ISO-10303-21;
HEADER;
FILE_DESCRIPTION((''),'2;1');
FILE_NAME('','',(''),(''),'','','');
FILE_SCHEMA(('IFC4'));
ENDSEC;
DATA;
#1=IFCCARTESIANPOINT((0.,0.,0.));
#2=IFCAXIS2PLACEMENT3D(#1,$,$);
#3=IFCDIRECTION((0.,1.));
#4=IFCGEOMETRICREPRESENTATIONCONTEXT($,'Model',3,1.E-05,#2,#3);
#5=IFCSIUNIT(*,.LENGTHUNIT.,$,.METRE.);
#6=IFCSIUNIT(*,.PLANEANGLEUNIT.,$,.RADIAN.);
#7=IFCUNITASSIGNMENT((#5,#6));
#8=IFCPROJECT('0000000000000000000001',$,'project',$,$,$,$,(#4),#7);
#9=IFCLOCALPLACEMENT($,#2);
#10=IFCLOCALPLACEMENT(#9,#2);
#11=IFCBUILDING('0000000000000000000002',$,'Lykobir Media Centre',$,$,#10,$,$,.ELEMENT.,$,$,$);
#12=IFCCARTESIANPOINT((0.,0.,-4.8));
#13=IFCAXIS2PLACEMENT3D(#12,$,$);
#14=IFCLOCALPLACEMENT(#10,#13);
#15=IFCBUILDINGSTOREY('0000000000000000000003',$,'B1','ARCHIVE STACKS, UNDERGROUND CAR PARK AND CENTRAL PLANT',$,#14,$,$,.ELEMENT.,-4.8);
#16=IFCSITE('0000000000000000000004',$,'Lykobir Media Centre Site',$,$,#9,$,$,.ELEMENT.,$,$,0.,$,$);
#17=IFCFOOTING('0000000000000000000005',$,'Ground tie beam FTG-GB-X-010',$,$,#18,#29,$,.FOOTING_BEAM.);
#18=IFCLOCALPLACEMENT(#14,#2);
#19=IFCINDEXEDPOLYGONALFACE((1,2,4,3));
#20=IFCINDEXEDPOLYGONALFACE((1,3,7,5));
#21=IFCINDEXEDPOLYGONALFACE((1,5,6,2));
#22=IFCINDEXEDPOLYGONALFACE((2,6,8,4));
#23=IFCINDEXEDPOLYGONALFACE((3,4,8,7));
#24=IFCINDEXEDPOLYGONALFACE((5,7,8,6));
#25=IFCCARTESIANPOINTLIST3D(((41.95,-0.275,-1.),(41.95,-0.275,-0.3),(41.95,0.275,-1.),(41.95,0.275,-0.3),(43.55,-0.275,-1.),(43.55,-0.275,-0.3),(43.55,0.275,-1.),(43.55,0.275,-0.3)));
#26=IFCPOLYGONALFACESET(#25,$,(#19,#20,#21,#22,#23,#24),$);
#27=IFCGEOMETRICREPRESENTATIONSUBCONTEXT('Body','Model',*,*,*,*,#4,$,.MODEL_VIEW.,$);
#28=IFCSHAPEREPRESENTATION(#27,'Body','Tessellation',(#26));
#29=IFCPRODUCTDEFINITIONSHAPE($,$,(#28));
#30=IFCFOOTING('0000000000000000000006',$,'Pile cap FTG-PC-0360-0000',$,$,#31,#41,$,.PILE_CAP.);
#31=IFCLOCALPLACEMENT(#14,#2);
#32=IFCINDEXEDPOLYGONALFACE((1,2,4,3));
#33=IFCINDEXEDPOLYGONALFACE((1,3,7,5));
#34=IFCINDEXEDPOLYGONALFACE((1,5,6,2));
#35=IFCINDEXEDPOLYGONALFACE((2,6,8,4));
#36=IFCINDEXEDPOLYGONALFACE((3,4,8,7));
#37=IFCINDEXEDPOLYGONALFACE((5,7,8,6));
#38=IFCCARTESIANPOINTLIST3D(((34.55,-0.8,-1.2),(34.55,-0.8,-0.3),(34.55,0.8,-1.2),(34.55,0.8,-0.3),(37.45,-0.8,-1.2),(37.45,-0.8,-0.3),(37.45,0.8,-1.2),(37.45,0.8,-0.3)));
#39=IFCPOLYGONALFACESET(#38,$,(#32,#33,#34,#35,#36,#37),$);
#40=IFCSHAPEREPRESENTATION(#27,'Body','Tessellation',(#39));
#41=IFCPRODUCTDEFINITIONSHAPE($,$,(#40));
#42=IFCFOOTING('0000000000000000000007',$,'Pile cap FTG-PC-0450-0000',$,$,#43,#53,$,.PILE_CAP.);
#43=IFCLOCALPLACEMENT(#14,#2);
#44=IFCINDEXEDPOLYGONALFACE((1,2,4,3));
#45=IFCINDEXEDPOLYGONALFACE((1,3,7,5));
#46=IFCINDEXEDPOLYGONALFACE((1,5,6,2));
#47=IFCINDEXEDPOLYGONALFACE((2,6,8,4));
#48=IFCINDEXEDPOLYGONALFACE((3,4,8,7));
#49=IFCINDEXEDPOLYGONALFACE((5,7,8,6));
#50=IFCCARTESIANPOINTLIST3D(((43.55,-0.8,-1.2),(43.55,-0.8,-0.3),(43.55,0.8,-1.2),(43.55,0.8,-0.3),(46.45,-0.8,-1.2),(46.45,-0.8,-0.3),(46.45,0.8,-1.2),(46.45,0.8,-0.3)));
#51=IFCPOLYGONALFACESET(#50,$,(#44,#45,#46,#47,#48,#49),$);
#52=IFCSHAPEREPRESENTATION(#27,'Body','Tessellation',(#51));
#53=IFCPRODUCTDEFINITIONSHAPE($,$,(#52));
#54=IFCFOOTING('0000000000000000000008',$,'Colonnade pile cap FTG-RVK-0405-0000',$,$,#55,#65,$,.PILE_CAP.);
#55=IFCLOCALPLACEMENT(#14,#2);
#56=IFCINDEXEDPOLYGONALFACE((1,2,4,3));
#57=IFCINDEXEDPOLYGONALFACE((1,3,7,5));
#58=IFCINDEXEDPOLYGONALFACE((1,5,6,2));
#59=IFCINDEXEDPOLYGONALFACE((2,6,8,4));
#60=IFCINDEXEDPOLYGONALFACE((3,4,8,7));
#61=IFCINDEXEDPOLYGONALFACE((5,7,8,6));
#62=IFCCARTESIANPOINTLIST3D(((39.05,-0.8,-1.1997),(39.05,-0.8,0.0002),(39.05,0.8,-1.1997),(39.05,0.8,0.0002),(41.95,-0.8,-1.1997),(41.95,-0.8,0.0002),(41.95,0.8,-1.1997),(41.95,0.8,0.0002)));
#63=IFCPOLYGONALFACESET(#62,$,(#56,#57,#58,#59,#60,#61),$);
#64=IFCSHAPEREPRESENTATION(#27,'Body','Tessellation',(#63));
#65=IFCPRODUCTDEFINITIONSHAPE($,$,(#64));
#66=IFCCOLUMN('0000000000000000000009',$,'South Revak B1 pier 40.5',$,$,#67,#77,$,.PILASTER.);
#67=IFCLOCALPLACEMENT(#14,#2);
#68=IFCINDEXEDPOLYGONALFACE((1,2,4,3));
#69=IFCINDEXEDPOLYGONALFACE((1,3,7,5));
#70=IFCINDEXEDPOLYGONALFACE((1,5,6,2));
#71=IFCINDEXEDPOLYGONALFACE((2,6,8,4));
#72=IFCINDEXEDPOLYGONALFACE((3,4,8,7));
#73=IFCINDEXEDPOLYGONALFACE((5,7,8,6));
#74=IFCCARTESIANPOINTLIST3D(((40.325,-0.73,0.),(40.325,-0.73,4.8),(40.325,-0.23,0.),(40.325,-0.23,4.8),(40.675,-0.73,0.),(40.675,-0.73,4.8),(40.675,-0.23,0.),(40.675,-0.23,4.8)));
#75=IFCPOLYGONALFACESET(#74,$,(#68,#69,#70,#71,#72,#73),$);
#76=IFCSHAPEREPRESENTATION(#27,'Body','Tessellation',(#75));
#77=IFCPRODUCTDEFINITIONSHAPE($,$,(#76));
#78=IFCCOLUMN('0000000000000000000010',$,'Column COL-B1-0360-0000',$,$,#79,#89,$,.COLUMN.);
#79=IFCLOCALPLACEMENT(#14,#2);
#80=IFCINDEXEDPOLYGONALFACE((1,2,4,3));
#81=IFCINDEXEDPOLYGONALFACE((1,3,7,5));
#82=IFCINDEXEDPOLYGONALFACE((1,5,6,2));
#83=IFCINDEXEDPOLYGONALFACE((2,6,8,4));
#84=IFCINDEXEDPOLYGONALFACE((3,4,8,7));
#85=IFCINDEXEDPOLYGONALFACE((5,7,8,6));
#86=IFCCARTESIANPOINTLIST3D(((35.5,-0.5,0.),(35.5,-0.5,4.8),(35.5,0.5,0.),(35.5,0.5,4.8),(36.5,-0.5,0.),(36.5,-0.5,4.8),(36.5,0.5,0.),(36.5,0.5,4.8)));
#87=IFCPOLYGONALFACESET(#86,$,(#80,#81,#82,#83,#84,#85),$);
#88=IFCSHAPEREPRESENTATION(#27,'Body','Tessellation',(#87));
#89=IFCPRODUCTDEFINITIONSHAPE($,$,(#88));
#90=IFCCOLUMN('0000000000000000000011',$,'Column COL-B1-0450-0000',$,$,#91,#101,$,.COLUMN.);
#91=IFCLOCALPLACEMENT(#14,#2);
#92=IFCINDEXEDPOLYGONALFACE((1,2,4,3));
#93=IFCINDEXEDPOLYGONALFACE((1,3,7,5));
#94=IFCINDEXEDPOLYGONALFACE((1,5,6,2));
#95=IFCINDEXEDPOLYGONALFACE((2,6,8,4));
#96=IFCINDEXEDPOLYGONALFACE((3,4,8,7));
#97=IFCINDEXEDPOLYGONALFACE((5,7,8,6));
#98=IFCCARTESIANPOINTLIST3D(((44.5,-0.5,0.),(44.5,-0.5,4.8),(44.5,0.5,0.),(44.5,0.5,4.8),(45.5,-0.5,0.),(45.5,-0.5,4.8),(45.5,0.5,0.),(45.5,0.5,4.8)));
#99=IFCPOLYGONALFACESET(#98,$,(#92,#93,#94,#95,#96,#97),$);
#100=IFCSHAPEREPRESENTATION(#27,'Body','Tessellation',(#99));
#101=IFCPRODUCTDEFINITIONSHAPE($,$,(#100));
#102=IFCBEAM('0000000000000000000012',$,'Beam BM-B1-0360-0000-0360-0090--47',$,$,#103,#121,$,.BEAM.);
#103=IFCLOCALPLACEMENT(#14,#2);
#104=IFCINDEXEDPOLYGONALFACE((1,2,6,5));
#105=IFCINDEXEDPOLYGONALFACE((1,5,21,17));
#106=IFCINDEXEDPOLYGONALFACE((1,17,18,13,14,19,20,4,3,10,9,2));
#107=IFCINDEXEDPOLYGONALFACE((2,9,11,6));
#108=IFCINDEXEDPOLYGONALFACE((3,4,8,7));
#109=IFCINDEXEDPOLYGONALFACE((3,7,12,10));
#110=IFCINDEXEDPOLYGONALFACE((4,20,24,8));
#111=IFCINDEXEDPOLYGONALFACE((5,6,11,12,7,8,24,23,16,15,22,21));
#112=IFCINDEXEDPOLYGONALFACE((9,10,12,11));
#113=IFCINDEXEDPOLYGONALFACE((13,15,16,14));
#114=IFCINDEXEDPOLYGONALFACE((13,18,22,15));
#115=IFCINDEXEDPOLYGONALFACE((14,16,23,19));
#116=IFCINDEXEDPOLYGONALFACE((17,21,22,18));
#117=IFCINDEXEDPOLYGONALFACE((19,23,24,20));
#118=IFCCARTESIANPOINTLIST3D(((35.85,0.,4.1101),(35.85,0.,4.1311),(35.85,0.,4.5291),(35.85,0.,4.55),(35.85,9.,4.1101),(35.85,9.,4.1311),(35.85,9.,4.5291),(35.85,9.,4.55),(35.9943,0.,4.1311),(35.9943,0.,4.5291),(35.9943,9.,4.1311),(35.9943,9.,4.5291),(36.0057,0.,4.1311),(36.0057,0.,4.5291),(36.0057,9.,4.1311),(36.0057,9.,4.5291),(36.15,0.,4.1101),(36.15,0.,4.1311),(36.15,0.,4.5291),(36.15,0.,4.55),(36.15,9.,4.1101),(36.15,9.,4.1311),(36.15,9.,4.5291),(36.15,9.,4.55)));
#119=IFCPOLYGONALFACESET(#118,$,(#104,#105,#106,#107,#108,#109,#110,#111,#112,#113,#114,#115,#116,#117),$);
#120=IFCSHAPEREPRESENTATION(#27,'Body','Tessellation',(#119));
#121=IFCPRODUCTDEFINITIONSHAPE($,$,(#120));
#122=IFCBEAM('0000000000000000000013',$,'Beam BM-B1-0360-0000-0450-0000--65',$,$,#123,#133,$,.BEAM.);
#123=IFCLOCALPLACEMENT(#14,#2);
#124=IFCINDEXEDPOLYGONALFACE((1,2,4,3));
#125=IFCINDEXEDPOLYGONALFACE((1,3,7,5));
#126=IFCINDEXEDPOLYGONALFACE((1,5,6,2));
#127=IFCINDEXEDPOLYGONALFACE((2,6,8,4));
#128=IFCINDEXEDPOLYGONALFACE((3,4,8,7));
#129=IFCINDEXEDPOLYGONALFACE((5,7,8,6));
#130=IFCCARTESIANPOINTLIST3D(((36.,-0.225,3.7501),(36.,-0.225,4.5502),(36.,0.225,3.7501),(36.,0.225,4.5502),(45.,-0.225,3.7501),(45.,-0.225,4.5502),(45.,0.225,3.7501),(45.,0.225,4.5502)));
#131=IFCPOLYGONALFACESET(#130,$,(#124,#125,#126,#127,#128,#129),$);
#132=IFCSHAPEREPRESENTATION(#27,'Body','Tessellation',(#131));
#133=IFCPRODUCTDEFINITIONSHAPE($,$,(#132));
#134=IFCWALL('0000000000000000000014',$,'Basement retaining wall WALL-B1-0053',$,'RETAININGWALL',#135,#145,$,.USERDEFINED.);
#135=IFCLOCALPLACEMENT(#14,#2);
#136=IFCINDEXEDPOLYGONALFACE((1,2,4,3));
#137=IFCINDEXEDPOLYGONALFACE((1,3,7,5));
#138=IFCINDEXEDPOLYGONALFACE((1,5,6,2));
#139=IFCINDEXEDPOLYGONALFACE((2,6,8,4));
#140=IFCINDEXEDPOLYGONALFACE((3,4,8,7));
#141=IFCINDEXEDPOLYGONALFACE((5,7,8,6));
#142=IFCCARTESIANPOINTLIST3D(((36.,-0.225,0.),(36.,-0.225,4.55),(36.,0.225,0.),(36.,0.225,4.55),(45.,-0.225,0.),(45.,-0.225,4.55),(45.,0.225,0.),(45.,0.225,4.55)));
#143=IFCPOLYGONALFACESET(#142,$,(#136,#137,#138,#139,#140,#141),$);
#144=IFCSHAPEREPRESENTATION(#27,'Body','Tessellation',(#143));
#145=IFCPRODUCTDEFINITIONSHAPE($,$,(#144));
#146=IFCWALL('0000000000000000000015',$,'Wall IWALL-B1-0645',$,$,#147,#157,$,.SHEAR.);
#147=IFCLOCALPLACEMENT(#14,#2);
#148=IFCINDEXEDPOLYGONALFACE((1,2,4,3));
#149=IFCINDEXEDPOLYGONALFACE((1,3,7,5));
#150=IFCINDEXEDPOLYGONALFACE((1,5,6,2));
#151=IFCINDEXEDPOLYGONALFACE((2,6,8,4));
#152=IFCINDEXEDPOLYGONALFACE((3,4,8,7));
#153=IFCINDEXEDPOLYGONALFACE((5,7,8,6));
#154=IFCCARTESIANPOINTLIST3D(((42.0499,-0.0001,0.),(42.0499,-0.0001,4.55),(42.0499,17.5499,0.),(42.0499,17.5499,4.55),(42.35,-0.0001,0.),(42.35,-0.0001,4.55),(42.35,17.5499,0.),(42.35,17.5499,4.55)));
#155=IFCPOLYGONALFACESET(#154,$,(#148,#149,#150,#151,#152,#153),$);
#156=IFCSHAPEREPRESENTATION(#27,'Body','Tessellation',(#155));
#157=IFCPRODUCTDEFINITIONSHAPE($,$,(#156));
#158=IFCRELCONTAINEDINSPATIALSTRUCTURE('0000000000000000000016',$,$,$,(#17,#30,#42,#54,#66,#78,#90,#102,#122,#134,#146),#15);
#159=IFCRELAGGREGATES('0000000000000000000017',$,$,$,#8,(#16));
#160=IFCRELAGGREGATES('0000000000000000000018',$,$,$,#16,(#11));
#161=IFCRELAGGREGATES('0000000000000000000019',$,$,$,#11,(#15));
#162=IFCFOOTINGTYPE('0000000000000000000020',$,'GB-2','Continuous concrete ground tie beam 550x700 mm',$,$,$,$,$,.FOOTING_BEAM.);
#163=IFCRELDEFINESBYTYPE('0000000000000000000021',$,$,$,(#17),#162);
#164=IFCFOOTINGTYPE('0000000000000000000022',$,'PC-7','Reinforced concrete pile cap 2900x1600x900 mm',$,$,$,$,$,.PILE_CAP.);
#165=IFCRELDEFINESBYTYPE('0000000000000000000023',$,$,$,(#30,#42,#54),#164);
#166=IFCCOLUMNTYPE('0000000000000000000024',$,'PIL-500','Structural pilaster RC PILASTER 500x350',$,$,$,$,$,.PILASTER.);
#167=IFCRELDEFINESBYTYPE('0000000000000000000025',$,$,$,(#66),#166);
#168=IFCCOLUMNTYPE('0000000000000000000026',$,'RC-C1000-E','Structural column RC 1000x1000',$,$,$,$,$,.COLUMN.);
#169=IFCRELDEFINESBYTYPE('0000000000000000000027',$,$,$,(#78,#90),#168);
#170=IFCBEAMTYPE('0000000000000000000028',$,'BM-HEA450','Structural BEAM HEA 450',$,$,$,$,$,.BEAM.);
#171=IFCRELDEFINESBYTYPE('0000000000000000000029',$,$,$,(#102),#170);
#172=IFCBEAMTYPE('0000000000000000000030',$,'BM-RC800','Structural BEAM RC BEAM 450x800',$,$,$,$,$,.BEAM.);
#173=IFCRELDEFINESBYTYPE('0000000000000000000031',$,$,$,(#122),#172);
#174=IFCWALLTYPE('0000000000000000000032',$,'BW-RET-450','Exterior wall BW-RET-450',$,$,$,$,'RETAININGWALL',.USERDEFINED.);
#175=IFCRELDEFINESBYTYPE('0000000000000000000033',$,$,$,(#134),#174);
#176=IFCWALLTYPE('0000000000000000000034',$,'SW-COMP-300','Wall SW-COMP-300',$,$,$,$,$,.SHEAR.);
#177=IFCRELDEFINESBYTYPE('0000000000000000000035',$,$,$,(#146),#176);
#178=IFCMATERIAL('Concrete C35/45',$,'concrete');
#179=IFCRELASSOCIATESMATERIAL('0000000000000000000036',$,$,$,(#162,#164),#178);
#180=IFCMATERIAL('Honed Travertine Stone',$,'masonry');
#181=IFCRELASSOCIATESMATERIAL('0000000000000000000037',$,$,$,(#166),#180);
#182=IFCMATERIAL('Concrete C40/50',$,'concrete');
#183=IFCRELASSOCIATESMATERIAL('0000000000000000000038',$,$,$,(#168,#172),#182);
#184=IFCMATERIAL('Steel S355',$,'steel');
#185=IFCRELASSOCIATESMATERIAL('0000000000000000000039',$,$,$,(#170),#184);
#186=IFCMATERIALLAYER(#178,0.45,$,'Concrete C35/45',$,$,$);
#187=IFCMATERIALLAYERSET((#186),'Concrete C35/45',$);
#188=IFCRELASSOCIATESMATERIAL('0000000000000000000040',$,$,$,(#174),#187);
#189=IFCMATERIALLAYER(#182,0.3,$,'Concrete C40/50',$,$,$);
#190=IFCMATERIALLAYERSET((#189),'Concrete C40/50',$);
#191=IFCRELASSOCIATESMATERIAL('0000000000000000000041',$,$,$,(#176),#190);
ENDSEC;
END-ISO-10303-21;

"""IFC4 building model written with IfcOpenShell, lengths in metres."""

from ifc_helpers import new_model, si_unit, direction, frame, frame_2d, origin, origin_2d, place, context, subcontext, project, spatial, rectangle, i_section, extrude, material, layer, layer_set, material_profile, profile_set, type_object, element, save


model = new_model("IFC4")

# Units and contexts
model_context = context("Model", 3, precision=1e-05, world=origin(), true_north=direction((0.0, 1.0)))
body_context = subcontext(model_context, "Body", "Model", "MODEL_VIEW")
ifc_project = project(units=[si_unit("LENGTHUNIT", "METRE"), si_unit("PLANEANGLEUNIT", "RADIAN")], contexts=[model_context])

# Site, building, storey
site_placement = place(None, origin())
site = spatial("IfcSite", under=ifc_project, at=site_placement, Name="Lykobir Media Centre Site", CompositionType="ELEMENT", RefElevation=0.0)
building_placement = place(site_placement, origin())
building = spatial("IfcBuilding", under=site, at=building_placement, Name="Lykobir Media Centre", CompositionType="ELEMENT")
storey_placement = place(building_placement, frame((0.0, 0.0, -4.8)))
storey = spatial("IfcBuildingStorey", under=building, at=storey_placement, Name="B1", Description="ARCHIVE STACKS, UNDERGROUND CAR PARK AND CENTRAL PLANT", CompositionType="ELEMENT", Elevation=-4.8)

# Footings
ifc_material_1 = material(Name="Concrete C35/45", Category="concrete")
footing_type_1 = type_object("IfcFootingType", Name="GB-2", Description="Continuous concrete ground tie beam 550x700 mm", PredefinedType="FOOTING_BEAM", material=ifc_material_1)
for number, where, z_axis, x_axis, name in (
    (1, (42.75, 0.0, -1.0), (0.0, 0.0, 1.0), (1.0, 0.0, 0.0), "Ground tie beam FTG-GB-X-010"),
):
    element("IfcFooting", number, at=place(storey_placement, frame(where, z_axis=z_axis, x_axis=x_axis)), inside=storey, type_object=footing_type_1, Name=name, PredefinedType="FOOTING_BEAM", context=body_context, shape_type="SweptSolid", body=[
        extrude(rectangle(XDim=1.6001, YDim=0.55, at=origin_2d()), origin(), (0.0, 0.0, 1.0), 0.7),
    ])
footing_type_2 = type_object("IfcFootingType", Name="PC-7", Description="Reinforced concrete pile cap 2900x1600x900 mm", PredefinedType="PILE_CAP", material=ifc_material_1)
for number, where, z_axis, x_axis, name in (
    (2, (36.0, 0.0, -1.2), (0.0, 0.0, 1.0), (1.0, 0.0, 0.0), "Pile cap FTG-PC-0360-0000"),
    (3, (45.0, 0.0, -1.2), (0.0, 0.0, 1.0), (1.0, 0.0, 0.0), "Pile cap FTG-PC-0450-0000"),
):
    element("IfcFooting", number, at=place(storey_placement, frame(where, z_axis=z_axis, x_axis=x_axis)), inside=storey, type_object=footing_type_2, Name=name, PredefinedType="PILE_CAP", context=body_context, shape_type="SweptSolid", body=[
        extrude(rectangle(XDim=2.8999, YDim=1.6001, at=origin_2d()), origin(), (0.0, 0.0, 1.0), 0.8999),
    ])
footing_placement = place(storey_placement, frame((40.5, 0.0, -1.1997), z_axis=(0.0, 0.0, 1.0), x_axis=(1.0, 0.0, 0.0)))
element("IfcFooting", 4, at=footing_placement, inside=storey, type_object=footing_type_2, Name="Colonnade pile cap FTG-RVK-0405-0000", PredefinedType="PILE_CAP", context=body_context, shape_type="SweptSolid", body=[
    extrude(rectangle(XDim=2.8999, YDim=1.6001, at=origin_2d()), origin(), (0.0, 0.0, 1.0), 1.2),
])

# Columns
ifc_material_2 = material(Name="Honed Travertine Stone", Category="masonry")
ifc_material_profile_1 = material_profile(ifc_material_2, rectangle(XDim=0.3501, YDim=0.5, at=origin_2d()), Name="RC PILASTER 500x350")
ifc_profile_set_1 = profile_set([ifc_material_profile_1], Name="Honed Travertine Stone")
column_type_1 = type_object("IfcColumnType", Name="PIL-500", Description="Structural pilaster RC PILASTER 500x350", PredefinedType="PILASTER", material=ifc_profile_set_1)
column_placement = place(storey_placement, frame((40.5, -0.48, 0.0), z_axis=(0.0, 0.0, 1.0), x_axis=(1.0, 0.0, 0.0)))
element("IfcColumn", 5, at=column_placement, inside=storey, type_object=column_type_1, Name="South Revak B1 pier 40.5", PredefinedType="PILASTER", context=body_context, shape_type="SweptSolid", body=[
    extrude(rectangle(XDim=0.3501, YDim=0.5, at=origin_2d()), origin(), (0.0, 0.0, 1.0), 4.8),
])
ifc_material_3 = material(Name="Concrete C40/50", Category="concrete")
ifc_material_profile_2 = material_profile(ifc_material_3, rectangle(XDim=1.0, YDim=1.0, at=origin_2d()), Name="RC 1000x1000")
ifc_profile_set_2 = profile_set([ifc_material_profile_2], Name="Concrete C40/50")
column_type_2 = type_object("IfcColumnType", Name="RC-C1000-E", Description="Structural column RC 1000x1000", PredefinedType="COLUMN", material=ifc_profile_set_2)
for number, where, z_axis, x_axis, name in (
    (6, (36.0, 0.0, 0.0), (0.0, 0.0, 1.0), (1.0, 0.0, 0.0), "Column COL-B1-0360-0000"),
    (7, (45.0, 0.0, 0.0), (0.0, 0.0, 1.0), (1.0, 0.0, 0.0), "Column COL-B1-0450-0000"),
):
    element("IfcColumn", number, at=place(storey_placement, frame(where, z_axis=z_axis, x_axis=x_axis)), inside=storey, type_object=column_type_2, Name=name, PredefinedType="COLUMN", context=body_context, shape_type="SweptSolid", body=[
        extrude(rectangle(XDim=1.0, YDim=1.0, at=origin_2d()), origin(), (0.0, 0.0, 1.0), 4.8),
    ])

# Beams
ifc_material_4 = material(Name="Steel S355", Category="steel")
ifc_material_profile_3 = material_profile(ifc_material_4, i_section(OverallWidth=0.3, OverallDepth=0.4399, WebThickness=0.0115, FlangeThickness=0.021, at=origin_2d()), Name="HEA 450")
ifc_profile_set_3 = profile_set([ifc_material_profile_3], Name="Steel S355")
beam_type_1 = type_object("IfcBeamType", Name="BM-HEA450", Description="Structural BEAM HEA 450", PredefinedType="BEAM", material=ifc_profile_set_3)
beam_1_placement = place(storey_placement, frame((36.0, 0.0, 4.3301), z_axis=(0.0, 1.0, 0.0), x_axis=(-1.0, 0.0, 0.0)))
element("IfcBeam", 8, at=beam_1_placement, inside=storey, type_object=beam_type_1, Name="Beam BM-B1-0360-0000-0360-0090--47", PredefinedType="BEAM", context=body_context, shape_type="SweptSolid", body=[
    extrude(i_section(OverallWidth=0.3, OverallDepth=0.4399, WebThickness=0.0115, FlangeThickness=0.021, at=origin_2d()), origin(), (0.0, 0.0, 1.0), 9.0),
])
ifc_material_profile_4 = material_profile(ifc_material_3, rectangle(XDim=0.45, YDim=0.8, at=origin_2d()), Name="RC BEAM 450x800")
ifc_profile_set_4 = profile_set([ifc_material_profile_4], Name="Concrete C40/50")
beam_type_2 = type_object("IfcBeamType", Name="BM-RC800", Description="Structural BEAM RC BEAM 450x800", PredefinedType="BEAM", material=ifc_profile_set_4)
beam_2_placement = place(storey_placement, frame((36.0, 0.0, 4.1501), z_axis=(1.0, 0.0, 0.0), x_axis=(0.0, 1.0, 0.0)))
element("IfcBeam", 9, at=beam_2_placement, inside=storey, type_object=beam_type_2, Name="Beam BM-B1-0360-0000-0450-0000--65", PredefinedType="BEAM", context=body_context, shape_type="SweptSolid", body=[
    extrude(rectangle(XDim=0.45, YDim=0.8, at=origin_2d()), origin(), (0.0, 0.0, 1.0), 9.0),
])

# Walls
ifc_layer_1 = layer(ifc_material_1, 0.45, Name="Concrete C35/45")
ifc_layer_set_1 = layer_set([ifc_layer_1], Name="Concrete C35/45")
wall_type_1 = type_object("IfcWallType", Name="BW-RET-450", Description="Exterior wall BW-RET-450", ElementType="RETAININGWALL", PredefinedType="USERDEFINED", material=ifc_layer_set_1)
wall_1_placement = place(storey_placement, frame((36.0, 0.0, 0.0), z_axis=(0.0, 0.0, 1.0), x_axis=(1.0, 0.0, 0.0)))
element("IfcWall", 10, at=wall_1_placement, inside=storey, type_object=wall_type_1, Name="Basement retaining wall WALL-B1-0053", ObjectType="RETAININGWALL", PredefinedType="USERDEFINED", context=body_context, shape_type="SweptSolid", body=[
    extrude(rectangle(XDim=9.0, YDim=0.45, at=frame_2d((4.5, 0.0))), origin(), (0.0, 0.0, 1.0), 4.55),
])
ifc_layer_2 = layer(ifc_material_3, 0.3, Name="Concrete C40/50")
ifc_layer_set_2 = layer_set([ifc_layer_2], Name="Concrete C40/50")
wall_type_2 = type_object("IfcWallType", Name="SW-COMP-300", Description="Wall SW-COMP-300", PredefinedType="SHEAR", material=ifc_layer_set_2)
wall_2_placement = place(storey_placement, frame((42.2, 0.0, 0.0), z_axis=(0.0, 0.0, 1.0), x_axis=(0.0, 1.0, 0.0)))
element("IfcWall", 11, at=wall_2_placement, inside=storey, type_object=wall_type_2, Name="Wall IWALL-B1-0645", PredefinedType="SHEAR", context=body_context, shape_type="SweptSolid", body=[
    extrude(rectangle(XDim=17.55, YDim=0.3, at=frame_2d((8.7749, 0.0))), origin(), (0.0, 0.0, 1.0), 4.55),
])

save(model, "model.ifc")
